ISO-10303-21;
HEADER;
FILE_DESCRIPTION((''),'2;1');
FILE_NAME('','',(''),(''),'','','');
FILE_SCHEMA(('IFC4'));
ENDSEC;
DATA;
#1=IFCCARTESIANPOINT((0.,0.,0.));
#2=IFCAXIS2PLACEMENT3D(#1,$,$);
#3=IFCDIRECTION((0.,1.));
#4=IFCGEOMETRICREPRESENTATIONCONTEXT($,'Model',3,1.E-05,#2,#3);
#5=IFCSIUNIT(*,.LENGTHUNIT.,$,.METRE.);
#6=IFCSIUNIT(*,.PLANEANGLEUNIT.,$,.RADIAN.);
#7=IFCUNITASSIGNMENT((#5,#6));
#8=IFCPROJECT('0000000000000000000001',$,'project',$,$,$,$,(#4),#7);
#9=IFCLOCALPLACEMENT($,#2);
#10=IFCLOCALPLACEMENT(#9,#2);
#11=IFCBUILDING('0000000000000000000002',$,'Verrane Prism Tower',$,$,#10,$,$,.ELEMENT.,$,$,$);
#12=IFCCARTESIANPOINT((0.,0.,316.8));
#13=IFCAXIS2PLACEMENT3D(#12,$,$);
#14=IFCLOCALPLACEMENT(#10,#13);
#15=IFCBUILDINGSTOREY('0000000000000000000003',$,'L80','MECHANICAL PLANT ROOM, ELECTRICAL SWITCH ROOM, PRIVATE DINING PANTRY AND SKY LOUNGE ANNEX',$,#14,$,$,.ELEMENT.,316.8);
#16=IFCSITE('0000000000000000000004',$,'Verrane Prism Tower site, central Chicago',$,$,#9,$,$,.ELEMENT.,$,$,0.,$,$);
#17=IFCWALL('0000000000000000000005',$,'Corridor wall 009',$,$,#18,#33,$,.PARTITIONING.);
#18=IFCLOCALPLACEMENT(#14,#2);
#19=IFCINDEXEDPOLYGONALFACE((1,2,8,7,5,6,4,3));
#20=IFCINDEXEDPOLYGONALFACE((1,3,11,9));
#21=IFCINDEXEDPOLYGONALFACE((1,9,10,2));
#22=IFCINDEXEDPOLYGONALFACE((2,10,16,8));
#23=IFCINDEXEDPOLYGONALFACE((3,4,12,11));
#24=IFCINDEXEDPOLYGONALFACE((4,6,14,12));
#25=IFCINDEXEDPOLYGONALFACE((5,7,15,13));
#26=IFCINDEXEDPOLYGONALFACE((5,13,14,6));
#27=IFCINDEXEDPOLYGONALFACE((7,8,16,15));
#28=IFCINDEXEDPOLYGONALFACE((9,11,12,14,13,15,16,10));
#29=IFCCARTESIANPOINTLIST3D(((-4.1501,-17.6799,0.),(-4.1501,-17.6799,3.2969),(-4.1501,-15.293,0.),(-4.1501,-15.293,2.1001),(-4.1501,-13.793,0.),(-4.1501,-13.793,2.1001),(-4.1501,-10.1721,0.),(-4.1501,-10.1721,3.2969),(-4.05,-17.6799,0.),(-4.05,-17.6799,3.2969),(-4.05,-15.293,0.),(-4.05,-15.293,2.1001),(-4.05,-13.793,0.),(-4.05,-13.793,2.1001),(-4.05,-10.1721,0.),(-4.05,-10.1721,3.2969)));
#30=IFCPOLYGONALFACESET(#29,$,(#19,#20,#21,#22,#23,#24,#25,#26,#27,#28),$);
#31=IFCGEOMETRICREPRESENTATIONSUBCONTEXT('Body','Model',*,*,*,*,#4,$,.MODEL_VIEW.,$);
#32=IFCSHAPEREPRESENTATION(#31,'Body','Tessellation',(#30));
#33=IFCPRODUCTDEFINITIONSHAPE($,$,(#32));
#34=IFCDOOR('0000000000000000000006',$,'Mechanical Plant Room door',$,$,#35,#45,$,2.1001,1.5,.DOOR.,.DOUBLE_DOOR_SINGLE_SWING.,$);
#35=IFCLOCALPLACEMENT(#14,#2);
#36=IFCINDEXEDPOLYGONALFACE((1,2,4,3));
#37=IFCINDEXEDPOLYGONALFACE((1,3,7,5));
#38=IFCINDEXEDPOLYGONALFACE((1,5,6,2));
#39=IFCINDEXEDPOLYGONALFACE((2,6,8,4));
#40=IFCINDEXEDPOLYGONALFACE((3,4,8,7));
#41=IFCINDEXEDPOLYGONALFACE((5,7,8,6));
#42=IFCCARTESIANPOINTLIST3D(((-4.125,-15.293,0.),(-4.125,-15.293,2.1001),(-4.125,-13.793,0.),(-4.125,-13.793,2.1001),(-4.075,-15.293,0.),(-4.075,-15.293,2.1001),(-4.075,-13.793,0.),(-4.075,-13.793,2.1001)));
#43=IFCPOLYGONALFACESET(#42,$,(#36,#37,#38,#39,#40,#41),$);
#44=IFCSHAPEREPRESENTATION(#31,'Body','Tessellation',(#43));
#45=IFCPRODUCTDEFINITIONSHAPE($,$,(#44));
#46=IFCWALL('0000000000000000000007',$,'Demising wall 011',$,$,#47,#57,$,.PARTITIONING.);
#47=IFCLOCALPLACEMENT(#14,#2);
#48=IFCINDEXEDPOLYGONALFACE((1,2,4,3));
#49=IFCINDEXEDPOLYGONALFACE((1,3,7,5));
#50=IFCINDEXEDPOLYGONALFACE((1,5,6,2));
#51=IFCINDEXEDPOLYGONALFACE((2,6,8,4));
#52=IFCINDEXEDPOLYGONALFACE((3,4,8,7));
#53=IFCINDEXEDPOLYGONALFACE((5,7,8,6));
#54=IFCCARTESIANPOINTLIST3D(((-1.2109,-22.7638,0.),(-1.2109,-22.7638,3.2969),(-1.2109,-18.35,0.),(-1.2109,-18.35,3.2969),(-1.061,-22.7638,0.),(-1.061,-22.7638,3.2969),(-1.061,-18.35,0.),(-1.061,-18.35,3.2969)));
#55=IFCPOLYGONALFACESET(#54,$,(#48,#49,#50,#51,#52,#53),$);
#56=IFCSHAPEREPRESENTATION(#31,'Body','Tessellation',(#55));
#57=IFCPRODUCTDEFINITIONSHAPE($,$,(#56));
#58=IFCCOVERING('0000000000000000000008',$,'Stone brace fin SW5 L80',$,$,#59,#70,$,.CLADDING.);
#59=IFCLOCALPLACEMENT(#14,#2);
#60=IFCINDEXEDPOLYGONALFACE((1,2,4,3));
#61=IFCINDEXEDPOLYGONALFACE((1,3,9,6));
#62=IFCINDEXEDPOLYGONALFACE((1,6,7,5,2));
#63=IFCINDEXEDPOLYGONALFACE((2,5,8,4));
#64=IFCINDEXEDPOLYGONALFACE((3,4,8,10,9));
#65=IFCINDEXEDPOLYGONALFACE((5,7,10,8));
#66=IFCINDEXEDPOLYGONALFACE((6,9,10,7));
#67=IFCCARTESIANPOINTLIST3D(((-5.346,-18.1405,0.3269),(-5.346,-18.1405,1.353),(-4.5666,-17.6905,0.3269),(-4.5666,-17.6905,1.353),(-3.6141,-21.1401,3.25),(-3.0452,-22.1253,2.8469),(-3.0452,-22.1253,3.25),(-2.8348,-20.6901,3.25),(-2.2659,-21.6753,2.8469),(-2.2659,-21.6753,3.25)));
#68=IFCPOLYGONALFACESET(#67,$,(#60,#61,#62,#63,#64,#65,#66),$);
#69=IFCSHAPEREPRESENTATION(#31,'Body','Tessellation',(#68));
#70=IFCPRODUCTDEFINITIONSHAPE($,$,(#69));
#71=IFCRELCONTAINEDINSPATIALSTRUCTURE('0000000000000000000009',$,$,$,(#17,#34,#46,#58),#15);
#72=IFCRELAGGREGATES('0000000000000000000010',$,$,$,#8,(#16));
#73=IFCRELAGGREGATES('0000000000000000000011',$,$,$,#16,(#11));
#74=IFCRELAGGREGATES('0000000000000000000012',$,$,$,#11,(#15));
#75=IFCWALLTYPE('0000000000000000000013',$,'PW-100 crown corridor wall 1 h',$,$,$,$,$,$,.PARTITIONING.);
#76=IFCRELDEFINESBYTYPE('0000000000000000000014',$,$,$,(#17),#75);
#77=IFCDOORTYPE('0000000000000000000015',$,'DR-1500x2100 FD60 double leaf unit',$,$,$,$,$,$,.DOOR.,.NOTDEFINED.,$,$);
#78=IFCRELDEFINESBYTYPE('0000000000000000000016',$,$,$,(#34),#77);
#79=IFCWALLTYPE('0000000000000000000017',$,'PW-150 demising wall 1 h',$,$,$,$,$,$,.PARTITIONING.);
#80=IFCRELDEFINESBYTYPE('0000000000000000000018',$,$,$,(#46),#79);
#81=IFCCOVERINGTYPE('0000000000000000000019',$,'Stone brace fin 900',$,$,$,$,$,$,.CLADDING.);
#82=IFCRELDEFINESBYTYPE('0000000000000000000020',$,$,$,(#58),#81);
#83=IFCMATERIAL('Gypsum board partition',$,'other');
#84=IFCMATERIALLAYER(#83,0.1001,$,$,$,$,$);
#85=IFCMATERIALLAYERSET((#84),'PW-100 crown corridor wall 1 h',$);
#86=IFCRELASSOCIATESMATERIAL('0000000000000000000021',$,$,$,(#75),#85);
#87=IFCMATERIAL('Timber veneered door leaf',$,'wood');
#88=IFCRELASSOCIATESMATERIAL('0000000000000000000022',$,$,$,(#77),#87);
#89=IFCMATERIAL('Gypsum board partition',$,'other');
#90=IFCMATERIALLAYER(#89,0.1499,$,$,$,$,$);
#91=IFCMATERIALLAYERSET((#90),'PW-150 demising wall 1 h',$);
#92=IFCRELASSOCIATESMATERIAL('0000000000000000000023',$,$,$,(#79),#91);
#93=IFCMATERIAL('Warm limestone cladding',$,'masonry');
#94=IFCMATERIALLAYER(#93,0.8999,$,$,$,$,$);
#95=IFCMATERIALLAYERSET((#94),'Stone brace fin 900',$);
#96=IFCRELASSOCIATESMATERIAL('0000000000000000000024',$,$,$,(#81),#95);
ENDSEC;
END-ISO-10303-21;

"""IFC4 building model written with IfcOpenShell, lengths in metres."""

from ifc_helpers import new_model, si_unit, direction, frame, frame_2d, origin, place, context, subcontext, project, spatial, polyline, rectangle, outline, extrude, material, layer, layer_set, type_object, element, fill, save


model = new_model("IFC4")

# Units and contexts
model_context = context("Model", 3, precision=1e-05, world=origin(), true_north=direction((0.0, 1.0)))
body_context = subcontext(model_context, "Body", "Model", "MODEL_VIEW")
ifc_project = project(units=[si_unit("LENGTHUNIT", "METRE"), si_unit("PLANEANGLEUNIT", "RADIAN")], contexts=[model_context])

# Site, building, storey
site_placement = place(None, origin())
site = spatial("IfcSite", under=ifc_project, at=site_placement, Name="Verrane Prism Tower site, central Chicago", CompositionType="ELEMENT", RefElevation=0.0)
building_placement = place(site_placement, origin())
building = spatial("IfcBuilding", under=site, at=building_placement, Name="Verrane Prism Tower", CompositionType="ELEMENT")
storey_placement = place(building_placement, frame((0.0, 0.0, 316.8)))
storey = spatial("IfcBuildingStorey", under=building, at=storey_placement, Name="L80", Description="MECHANICAL PLANT ROOM, ELECTRICAL SWITCH ROOM, PRIVATE DINING PANTRY AND SKY LOUNGE ANNEX", CompositionType="ELEMENT", Elevation=316.8)

# Wall, opening, door
ifc_material_1 = material(Name="Gypsum board partition", Category="other")
ifc_layer_1 = layer(ifc_material_1, 0.1001)
ifc_layer_set_1 = layer_set([ifc_layer_1], Name="PW-100 crown corridor wall 1 h")
wall_type_1 = type_object("IfcWallType", Name="PW-100 crown corridor wall 1 h", PredefinedType="PARTITIONING", material=ifc_layer_set_1)
wall_1_placement = place(storey_placement, frame((-4.1001, -17.6799, 0.0), z_axis=(0.0, 0.0, 1.0), x_axis=(0.0, 1.0, 0.0)))
wall_1 = element("IfcWall", 1, at=wall_1_placement, inside=storey, type_object=wall_type_1, Name="Corridor wall 009", PredefinedType="PARTITIONING", context=body_context, shape_type="SweptSolid", body=[
    extrude(rectangle(XDim=7.5078, YDim=0.1001, at=frame_2d((3.7539, 0.0))), origin(), (0.0, 0.0, 1.0), 3.2969),
])
opening_placement = place(wall_1_placement, frame((2.387, 0.0, 0.0)))
opening = element("IfcOpeningElement", 2, at=opening_placement, cuts=wall_1, PredefinedType="OPENING", context=body_context, shape_type="SweptSolid", body=[
    extrude(rectangle(XDim=1.5, YDim=2.1001, at=frame_2d((0.75, 1.05))), frame((0.0, 0.0601, 0.0), z_axis=(0.0, -1.0, 0.0), x_axis=(1.0, 0.0, 0.0)), (0.0, 0.0, 1.0), 0.1201),
])
ifc_material_2 = material(Name="Timber veneered door leaf", Category="wood")
door_type = type_object("IfcDoorType", Name="DR-1500x2100 FD60 double leaf unit", OperationType="NOTDEFINED", PredefinedType="DOOR", material=ifc_material_2)
door_placement = place(opening_placement, origin())
door = element("IfcDoor", 3, at=door_placement, inside=storey, type_object=door_type, Name="Mechanical Plant Room door", OperationType="DOUBLE_DOOR_SINGLE_SWING", OverallHeight=2.1001, OverallWidth=1.5, PredefinedType="DOOR", context=body_context, shape_type="SweptSolid", body=[
    extrude(rectangle(XDim=1.5, YDim=2.1001, at=frame_2d((0.75, 1.05))), frame((0.0, 0.0249, 0.0), z_axis=(0.0, -1.0, 0.0), x_axis=(1.0, 0.0, 0.0)), (0.0, 0.0, 1.0), 0.05),
])
fill(opening, door)

# Wall
ifc_material_3 = material(Name="Gypsum board partition", Category="other")
ifc_layer_2 = layer(ifc_material_3, 0.1499)
ifc_layer_set_2 = layer_set([ifc_layer_2], Name="PW-150 demising wall 1 h")
wall_type_2 = type_object("IfcWallType", Name="PW-150 demising wall 1 h", PredefinedType="PARTITIONING", material=ifc_layer_set_2)
wall_2_placement = place(storey_placement, frame((-1.136, -22.7639, 0.0), z_axis=(0.0, 0.0, 1.0), x_axis=(0.0, 1.0, 0.0)))
element("IfcWall", 4, at=wall_2_placement, inside=storey, type_object=wall_type_2, Name="Demising wall 011", PredefinedType="PARTITIONING", context=body_context, shape_type="SweptSolid", body=[
    extrude(rectangle(XDim=4.4138, YDim=0.1499, at=frame_2d((2.207, 0.0))), origin(), (0.0, 0.0, 1.0), 3.2969),
])

# Covering
ifc_material_4 = material(Name="Warm limestone cladding", Category="masonry")
ifc_layer_3 = layer(ifc_material_4, 0.8999)
ifc_layer_set_3 = layer_set([ifc_layer_3], Name="Stone brace fin 900")
covering_type = type_object("IfcCoveringType", Name="Stone brace fin 900", PredefinedType="CLADDING", material=ifc_layer_set_3)
covering_placement = place(storey_placement, frame((-4.9563, -17.9155, 0.3269), z_axis=(0.0, 0.0, 1.0), x_axis=(0.500019, -0.866014, 0.0)))
element("IfcCovering", 5, at=covering_placement, inside=storey, type_object=covering_type, Name="Stone brace fin SW5 L80", PredefinedType="CLADDING", context=body_context, shape_type="SweptSolid", body=[
    extrude(outline(polyline([(4.6013, 2.9231), (3.4636, 2.9231), (0.0, 1.0261), (0.0, 0.0), (4.6013, 2.52), (4.6013, 2.9231)])), frame((0.0, 0.45, 0.0), z_axis=(0.0, -1.0, 0.0), x_axis=(1.0, 0.0, 0.0)), (0.0, 0.0, 1.0), 0.8999),
])

save(model, "model.ifc")
